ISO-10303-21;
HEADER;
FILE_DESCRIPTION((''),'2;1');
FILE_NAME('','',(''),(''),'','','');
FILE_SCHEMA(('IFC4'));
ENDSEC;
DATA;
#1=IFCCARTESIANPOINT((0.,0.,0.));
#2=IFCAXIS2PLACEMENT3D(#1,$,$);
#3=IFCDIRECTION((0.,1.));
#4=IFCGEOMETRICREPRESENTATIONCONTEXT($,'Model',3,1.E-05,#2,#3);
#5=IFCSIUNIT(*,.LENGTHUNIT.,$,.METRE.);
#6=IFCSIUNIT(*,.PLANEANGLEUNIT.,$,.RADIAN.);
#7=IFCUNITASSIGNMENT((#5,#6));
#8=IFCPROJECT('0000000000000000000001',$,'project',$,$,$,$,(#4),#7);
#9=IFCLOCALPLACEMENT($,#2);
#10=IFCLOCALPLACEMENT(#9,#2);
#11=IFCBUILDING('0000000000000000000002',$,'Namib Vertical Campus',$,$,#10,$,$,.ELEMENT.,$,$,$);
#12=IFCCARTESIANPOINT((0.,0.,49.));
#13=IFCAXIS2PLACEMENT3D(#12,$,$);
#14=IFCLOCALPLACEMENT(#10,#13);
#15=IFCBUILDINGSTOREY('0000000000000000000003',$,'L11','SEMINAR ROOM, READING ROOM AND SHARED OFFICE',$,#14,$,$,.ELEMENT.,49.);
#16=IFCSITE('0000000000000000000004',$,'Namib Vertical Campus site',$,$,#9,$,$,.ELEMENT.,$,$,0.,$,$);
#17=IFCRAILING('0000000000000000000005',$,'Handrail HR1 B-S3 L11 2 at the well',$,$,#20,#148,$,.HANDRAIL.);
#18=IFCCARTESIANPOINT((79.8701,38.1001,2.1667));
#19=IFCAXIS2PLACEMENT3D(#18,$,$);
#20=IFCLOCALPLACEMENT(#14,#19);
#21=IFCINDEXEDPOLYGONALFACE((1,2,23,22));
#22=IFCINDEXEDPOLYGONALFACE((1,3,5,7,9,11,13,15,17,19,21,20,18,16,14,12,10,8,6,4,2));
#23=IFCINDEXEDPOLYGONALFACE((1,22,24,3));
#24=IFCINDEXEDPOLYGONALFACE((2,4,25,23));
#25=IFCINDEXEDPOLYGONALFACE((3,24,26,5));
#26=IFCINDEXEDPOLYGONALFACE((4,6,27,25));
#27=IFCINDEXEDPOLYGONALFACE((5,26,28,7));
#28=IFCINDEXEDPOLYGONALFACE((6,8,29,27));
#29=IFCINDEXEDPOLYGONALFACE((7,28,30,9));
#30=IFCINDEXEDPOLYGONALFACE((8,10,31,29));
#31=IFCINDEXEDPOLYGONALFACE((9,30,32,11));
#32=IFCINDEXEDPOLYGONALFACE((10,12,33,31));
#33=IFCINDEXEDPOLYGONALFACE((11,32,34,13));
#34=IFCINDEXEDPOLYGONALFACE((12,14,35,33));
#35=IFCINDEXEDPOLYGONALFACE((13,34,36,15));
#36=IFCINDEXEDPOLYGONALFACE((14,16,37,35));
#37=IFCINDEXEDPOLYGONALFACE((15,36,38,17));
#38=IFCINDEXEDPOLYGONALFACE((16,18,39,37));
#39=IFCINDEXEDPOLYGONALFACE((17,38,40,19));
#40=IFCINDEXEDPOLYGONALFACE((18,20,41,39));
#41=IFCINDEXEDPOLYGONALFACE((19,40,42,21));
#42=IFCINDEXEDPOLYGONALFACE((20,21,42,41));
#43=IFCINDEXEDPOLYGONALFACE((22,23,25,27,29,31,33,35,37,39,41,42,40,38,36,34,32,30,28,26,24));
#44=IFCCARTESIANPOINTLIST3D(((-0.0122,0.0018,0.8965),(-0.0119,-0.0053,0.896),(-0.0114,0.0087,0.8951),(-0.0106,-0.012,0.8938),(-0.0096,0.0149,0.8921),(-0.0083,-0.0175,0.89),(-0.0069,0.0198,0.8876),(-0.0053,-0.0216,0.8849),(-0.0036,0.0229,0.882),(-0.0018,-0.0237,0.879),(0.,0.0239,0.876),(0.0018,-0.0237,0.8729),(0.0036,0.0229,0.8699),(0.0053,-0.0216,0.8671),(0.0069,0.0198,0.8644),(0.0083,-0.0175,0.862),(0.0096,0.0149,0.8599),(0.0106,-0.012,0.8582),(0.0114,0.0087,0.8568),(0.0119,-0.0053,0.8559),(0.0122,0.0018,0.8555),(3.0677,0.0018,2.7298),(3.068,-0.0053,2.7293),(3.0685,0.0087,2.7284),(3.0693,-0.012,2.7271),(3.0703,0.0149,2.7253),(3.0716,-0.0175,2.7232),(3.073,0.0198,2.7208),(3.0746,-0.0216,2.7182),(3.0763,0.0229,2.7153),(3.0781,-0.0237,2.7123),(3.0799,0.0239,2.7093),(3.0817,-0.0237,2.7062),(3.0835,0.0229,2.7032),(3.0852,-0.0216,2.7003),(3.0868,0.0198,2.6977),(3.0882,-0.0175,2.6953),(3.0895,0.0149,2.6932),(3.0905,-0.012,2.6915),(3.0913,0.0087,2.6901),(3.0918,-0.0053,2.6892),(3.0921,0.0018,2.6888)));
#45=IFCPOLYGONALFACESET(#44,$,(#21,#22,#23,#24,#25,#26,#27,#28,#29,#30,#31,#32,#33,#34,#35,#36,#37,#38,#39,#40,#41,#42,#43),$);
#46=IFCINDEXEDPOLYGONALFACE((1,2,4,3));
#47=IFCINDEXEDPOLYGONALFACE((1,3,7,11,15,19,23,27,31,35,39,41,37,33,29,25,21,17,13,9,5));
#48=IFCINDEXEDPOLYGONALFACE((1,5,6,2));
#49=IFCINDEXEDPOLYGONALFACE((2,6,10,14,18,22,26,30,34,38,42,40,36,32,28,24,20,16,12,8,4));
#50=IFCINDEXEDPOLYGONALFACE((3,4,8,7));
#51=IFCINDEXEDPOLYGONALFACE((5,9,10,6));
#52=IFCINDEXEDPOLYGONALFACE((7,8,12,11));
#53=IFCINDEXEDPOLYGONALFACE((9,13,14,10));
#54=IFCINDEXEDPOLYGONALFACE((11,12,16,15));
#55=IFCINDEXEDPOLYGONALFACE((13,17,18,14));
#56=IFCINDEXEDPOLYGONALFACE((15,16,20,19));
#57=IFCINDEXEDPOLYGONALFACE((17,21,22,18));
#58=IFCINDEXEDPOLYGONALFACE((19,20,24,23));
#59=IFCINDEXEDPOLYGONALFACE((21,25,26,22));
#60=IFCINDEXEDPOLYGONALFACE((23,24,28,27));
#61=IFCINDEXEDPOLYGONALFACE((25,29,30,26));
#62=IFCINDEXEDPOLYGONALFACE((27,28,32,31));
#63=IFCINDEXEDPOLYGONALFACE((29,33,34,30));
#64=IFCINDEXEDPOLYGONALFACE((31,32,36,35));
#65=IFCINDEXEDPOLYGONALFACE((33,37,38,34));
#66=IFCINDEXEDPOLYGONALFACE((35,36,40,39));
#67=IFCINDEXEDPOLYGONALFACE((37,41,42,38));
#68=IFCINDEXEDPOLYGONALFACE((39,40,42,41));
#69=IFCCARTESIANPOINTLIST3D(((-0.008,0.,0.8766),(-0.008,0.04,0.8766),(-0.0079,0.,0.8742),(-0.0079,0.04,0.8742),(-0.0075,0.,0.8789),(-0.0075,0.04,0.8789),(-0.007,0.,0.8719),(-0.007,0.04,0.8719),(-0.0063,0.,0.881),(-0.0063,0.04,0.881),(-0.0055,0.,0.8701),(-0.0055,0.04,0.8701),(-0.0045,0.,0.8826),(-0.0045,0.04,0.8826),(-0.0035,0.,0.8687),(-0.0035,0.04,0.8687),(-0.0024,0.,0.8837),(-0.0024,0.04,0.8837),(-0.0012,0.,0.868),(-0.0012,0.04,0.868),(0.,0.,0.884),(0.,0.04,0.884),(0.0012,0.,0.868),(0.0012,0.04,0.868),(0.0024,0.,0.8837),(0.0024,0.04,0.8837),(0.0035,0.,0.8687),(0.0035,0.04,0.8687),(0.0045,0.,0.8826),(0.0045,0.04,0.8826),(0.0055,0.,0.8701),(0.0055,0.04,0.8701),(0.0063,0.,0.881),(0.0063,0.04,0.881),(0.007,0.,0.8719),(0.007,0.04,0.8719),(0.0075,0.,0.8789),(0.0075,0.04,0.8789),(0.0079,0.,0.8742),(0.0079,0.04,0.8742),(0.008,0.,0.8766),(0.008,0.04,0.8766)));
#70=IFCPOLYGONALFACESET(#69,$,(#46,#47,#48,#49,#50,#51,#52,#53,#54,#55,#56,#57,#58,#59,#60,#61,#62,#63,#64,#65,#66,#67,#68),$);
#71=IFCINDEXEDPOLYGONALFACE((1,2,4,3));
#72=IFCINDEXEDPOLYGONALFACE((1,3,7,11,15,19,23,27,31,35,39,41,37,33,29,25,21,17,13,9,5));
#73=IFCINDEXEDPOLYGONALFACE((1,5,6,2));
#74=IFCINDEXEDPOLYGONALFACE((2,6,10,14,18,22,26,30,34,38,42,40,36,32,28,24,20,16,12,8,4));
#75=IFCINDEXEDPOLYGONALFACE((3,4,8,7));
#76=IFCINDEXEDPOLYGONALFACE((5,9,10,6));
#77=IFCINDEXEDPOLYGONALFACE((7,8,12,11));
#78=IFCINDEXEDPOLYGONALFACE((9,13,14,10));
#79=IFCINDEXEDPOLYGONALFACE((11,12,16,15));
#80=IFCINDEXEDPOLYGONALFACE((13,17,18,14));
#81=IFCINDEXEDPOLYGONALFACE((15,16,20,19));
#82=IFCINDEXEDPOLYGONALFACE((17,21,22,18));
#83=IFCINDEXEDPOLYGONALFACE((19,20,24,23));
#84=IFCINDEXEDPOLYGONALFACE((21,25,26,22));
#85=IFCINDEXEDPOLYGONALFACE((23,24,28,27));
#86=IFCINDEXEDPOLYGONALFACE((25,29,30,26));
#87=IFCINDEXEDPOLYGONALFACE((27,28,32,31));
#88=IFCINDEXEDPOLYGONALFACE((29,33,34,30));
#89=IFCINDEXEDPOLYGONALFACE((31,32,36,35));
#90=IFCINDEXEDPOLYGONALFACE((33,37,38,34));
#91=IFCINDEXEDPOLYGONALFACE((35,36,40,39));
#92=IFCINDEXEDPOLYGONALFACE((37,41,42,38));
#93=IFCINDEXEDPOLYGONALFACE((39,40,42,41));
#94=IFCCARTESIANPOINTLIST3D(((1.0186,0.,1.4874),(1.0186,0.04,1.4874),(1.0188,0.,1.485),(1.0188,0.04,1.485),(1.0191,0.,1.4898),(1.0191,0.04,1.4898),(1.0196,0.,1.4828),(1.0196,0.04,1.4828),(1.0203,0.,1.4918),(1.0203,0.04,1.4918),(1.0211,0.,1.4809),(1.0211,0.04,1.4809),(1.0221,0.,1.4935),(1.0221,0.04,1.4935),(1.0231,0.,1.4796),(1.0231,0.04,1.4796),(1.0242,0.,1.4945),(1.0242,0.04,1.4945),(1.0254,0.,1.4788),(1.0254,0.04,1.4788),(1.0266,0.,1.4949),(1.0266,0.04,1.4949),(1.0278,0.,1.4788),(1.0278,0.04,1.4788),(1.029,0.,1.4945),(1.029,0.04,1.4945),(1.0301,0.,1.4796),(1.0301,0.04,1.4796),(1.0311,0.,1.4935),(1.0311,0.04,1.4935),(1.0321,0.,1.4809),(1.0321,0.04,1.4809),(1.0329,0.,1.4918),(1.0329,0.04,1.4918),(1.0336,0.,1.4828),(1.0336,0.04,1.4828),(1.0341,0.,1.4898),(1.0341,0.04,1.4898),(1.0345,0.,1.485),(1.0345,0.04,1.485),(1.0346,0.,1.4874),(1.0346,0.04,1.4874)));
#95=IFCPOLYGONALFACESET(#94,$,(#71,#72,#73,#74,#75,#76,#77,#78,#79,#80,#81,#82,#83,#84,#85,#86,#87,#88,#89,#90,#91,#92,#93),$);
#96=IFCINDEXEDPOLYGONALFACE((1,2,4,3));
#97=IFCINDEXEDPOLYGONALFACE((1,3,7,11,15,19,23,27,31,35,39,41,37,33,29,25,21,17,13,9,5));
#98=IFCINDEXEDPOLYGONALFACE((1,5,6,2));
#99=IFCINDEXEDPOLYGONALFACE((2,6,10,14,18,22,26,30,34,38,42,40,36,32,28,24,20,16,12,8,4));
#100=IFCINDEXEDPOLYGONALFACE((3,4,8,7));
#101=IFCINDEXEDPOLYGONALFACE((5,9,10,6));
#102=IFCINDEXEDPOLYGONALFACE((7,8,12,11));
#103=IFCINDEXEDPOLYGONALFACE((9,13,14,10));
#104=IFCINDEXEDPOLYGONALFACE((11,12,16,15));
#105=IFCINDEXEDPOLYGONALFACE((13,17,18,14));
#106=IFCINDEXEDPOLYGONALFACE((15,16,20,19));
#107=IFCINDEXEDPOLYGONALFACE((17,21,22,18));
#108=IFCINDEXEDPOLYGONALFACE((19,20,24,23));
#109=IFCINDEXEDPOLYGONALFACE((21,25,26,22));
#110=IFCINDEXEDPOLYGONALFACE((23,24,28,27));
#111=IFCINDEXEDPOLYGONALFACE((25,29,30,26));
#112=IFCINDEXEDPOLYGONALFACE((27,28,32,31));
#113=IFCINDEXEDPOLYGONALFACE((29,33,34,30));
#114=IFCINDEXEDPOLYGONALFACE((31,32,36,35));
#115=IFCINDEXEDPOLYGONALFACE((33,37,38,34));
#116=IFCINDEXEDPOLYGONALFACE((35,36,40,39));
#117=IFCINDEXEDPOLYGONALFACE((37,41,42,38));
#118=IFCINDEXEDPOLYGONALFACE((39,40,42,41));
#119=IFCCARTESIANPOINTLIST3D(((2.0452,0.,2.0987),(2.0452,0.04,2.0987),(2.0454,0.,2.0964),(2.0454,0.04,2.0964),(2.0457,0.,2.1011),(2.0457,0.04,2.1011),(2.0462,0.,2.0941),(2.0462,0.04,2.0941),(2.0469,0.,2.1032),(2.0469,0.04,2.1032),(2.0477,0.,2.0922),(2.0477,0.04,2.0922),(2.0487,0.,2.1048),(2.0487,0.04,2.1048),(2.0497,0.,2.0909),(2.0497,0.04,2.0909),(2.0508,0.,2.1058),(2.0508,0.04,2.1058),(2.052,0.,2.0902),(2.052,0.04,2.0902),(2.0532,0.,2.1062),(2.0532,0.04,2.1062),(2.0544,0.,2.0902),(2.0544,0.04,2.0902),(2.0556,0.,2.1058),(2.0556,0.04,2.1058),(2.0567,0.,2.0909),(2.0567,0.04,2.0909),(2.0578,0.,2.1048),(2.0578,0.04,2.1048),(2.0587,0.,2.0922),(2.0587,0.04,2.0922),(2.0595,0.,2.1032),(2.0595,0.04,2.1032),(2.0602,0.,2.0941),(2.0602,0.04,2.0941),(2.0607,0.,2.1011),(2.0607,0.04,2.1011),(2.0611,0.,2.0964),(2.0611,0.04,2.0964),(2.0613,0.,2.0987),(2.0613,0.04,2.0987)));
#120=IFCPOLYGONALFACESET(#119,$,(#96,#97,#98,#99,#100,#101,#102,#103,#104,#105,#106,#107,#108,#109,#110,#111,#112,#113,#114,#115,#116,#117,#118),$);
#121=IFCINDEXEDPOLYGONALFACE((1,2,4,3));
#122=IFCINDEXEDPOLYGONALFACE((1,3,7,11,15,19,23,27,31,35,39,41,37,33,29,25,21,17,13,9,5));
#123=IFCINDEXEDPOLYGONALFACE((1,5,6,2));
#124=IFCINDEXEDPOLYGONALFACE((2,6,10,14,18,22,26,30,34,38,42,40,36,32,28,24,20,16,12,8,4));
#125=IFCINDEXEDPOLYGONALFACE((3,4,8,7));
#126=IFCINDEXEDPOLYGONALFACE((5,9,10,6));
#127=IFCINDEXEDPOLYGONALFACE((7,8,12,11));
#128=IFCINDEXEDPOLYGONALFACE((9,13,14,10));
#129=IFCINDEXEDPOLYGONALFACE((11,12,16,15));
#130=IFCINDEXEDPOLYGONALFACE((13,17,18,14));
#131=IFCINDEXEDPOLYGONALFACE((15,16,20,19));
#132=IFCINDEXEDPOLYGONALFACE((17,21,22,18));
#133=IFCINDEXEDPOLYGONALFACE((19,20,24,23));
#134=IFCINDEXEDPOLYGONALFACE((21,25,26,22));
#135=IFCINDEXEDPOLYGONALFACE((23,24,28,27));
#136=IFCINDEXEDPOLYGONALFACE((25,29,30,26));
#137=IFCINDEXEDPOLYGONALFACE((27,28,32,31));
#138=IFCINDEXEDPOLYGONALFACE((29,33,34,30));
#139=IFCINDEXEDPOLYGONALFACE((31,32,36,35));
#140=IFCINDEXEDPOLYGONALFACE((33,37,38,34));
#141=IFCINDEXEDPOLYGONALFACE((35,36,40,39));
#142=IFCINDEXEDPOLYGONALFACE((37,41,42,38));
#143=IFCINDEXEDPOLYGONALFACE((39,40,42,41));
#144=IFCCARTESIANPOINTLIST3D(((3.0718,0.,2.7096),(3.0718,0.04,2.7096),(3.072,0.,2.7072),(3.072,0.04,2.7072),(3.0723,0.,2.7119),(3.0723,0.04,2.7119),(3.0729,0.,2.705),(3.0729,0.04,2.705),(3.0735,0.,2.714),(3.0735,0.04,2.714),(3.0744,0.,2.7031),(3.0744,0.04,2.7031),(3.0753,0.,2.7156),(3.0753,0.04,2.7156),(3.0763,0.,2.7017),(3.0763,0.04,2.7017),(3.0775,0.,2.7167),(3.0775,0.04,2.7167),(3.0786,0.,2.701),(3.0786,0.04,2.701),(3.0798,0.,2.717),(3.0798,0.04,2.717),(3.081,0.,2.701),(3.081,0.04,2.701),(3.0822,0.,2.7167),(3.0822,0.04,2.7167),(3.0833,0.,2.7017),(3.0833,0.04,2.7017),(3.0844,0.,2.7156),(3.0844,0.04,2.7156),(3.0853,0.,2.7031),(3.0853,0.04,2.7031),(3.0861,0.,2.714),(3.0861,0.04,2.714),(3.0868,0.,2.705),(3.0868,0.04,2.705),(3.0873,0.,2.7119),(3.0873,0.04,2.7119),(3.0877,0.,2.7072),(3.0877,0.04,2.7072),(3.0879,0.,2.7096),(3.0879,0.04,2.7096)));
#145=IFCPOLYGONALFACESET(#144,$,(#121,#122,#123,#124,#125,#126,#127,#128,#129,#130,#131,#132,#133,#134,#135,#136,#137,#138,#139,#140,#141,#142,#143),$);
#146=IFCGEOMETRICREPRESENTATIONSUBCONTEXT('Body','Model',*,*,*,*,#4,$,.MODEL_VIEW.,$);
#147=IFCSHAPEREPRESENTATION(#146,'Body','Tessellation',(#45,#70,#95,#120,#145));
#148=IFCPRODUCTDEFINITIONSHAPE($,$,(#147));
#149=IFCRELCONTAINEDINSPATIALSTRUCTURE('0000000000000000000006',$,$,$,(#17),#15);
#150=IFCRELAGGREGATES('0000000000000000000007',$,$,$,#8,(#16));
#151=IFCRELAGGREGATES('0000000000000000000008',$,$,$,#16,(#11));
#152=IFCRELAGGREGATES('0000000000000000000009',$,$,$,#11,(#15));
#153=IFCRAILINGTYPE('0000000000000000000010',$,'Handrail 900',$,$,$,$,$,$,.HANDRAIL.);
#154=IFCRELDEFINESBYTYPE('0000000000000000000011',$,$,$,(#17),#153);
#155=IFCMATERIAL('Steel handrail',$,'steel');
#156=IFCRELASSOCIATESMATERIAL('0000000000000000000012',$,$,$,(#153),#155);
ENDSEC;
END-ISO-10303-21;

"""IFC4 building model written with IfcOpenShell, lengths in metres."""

from ifc_helpers import new_model, si_unit, direction, frame, origin, origin_2d, place, context, subcontext, project, spatial, circle, extrude, material, type_object, element, save


model = new_model("IFC4")

# Units and contexts
model_context = context("Model", 3, precision=1e-05, world=origin(), true_north=direction((0.0, 1.0)))
body_context = subcontext(model_context, "Body", "Model", "MODEL_VIEW")
ifc_project = project(units=[si_unit("LENGTHUNIT", "METRE"), si_unit("PLANEANGLEUNIT", "RADIAN")], contexts=[model_context])

# Site, building, storey
site_placement = place(None, origin())
site = spatial("IfcSite", under=ifc_project, at=site_placement, Name="Namib Vertical Campus site", CompositionType="ELEMENT", RefElevation=0.0)
building_placement = place(site_placement, origin())
building = spatial("IfcBuilding", under=site, at=building_placement, Name="Namib Vertical Campus", CompositionType="ELEMENT")
storey_placement = place(building_placement, frame((0.0, 0.0, 49.0)))
storey = spatial("IfcBuildingStorey", under=building, at=storey_placement, Name="L11", Description="SEMINAR ROOM, READING ROOM AND SHARED OFFICE", CompositionType="ELEMENT", Elevation=49.0)

# Railing
ifc_material_1 = material(Name="Steel handrail", Category="steel")
railing_type = type_object("IfcRailingType", Name="Handrail 900", PredefinedType="HANDRAIL", material=ifc_material_1)
railing_1_placement = place(storey_placement, frame((79.8701, 38.1001, 2.1667)))
element("IfcRailing", 1, at=railing_1_placement, inside=storey, type_object=railing_type, Name="Handrail HR1 B-S3 L11 2 at the well", PredefinedType="HANDRAIL", context=body_context, shape_type="SweptSolid", body=[
    extrude(circle(Radius=0.0239, at=origin_2d()), frame((0.0, 0.0, 0.876), z_axis=(0.859291, 0.0, 0.511487), x_axis=(0.0, 1.0, 0.0)), (0.0, 0.0, 1.0), 3.5842),
    extrude(circle(Radius=0.0081, at=origin_2d()), frame((0.0, 0.0, 0.876), z_axis=(0.0, 1.0, 0.0), x_axis=(0.0, 0.0, 1.0)), (0.0, 0.0, 1.0), 0.04),
    extrude(circle(Radius=0.0081, at=origin_2d()), frame((1.0266, 0.0, 1.4868), z_axis=(0.0, 1.0, 0.0), x_axis=(0.0, 0.0, 1.0)), (0.0, 0.0, 1.0), 0.04),
    extrude(circle(Radius=0.0081, at=origin_2d()), frame((2.0532, 0.0, 2.0981), z_axis=(0.0, 1.0, 0.0), x_axis=(0.0, 0.0, 1.0)), (0.0, 0.0, 1.0), 0.04),
    extrude(circle(Radius=0.0081, at=origin_2d()), frame((3.0798, 0.0, 2.709), z_axis=(0.0, 1.0, 0.0), x_axis=(0.0, 0.0, 1.0)), (0.0, 0.0, 1.0), 0.04),
])

save(model, "model.ifc")
